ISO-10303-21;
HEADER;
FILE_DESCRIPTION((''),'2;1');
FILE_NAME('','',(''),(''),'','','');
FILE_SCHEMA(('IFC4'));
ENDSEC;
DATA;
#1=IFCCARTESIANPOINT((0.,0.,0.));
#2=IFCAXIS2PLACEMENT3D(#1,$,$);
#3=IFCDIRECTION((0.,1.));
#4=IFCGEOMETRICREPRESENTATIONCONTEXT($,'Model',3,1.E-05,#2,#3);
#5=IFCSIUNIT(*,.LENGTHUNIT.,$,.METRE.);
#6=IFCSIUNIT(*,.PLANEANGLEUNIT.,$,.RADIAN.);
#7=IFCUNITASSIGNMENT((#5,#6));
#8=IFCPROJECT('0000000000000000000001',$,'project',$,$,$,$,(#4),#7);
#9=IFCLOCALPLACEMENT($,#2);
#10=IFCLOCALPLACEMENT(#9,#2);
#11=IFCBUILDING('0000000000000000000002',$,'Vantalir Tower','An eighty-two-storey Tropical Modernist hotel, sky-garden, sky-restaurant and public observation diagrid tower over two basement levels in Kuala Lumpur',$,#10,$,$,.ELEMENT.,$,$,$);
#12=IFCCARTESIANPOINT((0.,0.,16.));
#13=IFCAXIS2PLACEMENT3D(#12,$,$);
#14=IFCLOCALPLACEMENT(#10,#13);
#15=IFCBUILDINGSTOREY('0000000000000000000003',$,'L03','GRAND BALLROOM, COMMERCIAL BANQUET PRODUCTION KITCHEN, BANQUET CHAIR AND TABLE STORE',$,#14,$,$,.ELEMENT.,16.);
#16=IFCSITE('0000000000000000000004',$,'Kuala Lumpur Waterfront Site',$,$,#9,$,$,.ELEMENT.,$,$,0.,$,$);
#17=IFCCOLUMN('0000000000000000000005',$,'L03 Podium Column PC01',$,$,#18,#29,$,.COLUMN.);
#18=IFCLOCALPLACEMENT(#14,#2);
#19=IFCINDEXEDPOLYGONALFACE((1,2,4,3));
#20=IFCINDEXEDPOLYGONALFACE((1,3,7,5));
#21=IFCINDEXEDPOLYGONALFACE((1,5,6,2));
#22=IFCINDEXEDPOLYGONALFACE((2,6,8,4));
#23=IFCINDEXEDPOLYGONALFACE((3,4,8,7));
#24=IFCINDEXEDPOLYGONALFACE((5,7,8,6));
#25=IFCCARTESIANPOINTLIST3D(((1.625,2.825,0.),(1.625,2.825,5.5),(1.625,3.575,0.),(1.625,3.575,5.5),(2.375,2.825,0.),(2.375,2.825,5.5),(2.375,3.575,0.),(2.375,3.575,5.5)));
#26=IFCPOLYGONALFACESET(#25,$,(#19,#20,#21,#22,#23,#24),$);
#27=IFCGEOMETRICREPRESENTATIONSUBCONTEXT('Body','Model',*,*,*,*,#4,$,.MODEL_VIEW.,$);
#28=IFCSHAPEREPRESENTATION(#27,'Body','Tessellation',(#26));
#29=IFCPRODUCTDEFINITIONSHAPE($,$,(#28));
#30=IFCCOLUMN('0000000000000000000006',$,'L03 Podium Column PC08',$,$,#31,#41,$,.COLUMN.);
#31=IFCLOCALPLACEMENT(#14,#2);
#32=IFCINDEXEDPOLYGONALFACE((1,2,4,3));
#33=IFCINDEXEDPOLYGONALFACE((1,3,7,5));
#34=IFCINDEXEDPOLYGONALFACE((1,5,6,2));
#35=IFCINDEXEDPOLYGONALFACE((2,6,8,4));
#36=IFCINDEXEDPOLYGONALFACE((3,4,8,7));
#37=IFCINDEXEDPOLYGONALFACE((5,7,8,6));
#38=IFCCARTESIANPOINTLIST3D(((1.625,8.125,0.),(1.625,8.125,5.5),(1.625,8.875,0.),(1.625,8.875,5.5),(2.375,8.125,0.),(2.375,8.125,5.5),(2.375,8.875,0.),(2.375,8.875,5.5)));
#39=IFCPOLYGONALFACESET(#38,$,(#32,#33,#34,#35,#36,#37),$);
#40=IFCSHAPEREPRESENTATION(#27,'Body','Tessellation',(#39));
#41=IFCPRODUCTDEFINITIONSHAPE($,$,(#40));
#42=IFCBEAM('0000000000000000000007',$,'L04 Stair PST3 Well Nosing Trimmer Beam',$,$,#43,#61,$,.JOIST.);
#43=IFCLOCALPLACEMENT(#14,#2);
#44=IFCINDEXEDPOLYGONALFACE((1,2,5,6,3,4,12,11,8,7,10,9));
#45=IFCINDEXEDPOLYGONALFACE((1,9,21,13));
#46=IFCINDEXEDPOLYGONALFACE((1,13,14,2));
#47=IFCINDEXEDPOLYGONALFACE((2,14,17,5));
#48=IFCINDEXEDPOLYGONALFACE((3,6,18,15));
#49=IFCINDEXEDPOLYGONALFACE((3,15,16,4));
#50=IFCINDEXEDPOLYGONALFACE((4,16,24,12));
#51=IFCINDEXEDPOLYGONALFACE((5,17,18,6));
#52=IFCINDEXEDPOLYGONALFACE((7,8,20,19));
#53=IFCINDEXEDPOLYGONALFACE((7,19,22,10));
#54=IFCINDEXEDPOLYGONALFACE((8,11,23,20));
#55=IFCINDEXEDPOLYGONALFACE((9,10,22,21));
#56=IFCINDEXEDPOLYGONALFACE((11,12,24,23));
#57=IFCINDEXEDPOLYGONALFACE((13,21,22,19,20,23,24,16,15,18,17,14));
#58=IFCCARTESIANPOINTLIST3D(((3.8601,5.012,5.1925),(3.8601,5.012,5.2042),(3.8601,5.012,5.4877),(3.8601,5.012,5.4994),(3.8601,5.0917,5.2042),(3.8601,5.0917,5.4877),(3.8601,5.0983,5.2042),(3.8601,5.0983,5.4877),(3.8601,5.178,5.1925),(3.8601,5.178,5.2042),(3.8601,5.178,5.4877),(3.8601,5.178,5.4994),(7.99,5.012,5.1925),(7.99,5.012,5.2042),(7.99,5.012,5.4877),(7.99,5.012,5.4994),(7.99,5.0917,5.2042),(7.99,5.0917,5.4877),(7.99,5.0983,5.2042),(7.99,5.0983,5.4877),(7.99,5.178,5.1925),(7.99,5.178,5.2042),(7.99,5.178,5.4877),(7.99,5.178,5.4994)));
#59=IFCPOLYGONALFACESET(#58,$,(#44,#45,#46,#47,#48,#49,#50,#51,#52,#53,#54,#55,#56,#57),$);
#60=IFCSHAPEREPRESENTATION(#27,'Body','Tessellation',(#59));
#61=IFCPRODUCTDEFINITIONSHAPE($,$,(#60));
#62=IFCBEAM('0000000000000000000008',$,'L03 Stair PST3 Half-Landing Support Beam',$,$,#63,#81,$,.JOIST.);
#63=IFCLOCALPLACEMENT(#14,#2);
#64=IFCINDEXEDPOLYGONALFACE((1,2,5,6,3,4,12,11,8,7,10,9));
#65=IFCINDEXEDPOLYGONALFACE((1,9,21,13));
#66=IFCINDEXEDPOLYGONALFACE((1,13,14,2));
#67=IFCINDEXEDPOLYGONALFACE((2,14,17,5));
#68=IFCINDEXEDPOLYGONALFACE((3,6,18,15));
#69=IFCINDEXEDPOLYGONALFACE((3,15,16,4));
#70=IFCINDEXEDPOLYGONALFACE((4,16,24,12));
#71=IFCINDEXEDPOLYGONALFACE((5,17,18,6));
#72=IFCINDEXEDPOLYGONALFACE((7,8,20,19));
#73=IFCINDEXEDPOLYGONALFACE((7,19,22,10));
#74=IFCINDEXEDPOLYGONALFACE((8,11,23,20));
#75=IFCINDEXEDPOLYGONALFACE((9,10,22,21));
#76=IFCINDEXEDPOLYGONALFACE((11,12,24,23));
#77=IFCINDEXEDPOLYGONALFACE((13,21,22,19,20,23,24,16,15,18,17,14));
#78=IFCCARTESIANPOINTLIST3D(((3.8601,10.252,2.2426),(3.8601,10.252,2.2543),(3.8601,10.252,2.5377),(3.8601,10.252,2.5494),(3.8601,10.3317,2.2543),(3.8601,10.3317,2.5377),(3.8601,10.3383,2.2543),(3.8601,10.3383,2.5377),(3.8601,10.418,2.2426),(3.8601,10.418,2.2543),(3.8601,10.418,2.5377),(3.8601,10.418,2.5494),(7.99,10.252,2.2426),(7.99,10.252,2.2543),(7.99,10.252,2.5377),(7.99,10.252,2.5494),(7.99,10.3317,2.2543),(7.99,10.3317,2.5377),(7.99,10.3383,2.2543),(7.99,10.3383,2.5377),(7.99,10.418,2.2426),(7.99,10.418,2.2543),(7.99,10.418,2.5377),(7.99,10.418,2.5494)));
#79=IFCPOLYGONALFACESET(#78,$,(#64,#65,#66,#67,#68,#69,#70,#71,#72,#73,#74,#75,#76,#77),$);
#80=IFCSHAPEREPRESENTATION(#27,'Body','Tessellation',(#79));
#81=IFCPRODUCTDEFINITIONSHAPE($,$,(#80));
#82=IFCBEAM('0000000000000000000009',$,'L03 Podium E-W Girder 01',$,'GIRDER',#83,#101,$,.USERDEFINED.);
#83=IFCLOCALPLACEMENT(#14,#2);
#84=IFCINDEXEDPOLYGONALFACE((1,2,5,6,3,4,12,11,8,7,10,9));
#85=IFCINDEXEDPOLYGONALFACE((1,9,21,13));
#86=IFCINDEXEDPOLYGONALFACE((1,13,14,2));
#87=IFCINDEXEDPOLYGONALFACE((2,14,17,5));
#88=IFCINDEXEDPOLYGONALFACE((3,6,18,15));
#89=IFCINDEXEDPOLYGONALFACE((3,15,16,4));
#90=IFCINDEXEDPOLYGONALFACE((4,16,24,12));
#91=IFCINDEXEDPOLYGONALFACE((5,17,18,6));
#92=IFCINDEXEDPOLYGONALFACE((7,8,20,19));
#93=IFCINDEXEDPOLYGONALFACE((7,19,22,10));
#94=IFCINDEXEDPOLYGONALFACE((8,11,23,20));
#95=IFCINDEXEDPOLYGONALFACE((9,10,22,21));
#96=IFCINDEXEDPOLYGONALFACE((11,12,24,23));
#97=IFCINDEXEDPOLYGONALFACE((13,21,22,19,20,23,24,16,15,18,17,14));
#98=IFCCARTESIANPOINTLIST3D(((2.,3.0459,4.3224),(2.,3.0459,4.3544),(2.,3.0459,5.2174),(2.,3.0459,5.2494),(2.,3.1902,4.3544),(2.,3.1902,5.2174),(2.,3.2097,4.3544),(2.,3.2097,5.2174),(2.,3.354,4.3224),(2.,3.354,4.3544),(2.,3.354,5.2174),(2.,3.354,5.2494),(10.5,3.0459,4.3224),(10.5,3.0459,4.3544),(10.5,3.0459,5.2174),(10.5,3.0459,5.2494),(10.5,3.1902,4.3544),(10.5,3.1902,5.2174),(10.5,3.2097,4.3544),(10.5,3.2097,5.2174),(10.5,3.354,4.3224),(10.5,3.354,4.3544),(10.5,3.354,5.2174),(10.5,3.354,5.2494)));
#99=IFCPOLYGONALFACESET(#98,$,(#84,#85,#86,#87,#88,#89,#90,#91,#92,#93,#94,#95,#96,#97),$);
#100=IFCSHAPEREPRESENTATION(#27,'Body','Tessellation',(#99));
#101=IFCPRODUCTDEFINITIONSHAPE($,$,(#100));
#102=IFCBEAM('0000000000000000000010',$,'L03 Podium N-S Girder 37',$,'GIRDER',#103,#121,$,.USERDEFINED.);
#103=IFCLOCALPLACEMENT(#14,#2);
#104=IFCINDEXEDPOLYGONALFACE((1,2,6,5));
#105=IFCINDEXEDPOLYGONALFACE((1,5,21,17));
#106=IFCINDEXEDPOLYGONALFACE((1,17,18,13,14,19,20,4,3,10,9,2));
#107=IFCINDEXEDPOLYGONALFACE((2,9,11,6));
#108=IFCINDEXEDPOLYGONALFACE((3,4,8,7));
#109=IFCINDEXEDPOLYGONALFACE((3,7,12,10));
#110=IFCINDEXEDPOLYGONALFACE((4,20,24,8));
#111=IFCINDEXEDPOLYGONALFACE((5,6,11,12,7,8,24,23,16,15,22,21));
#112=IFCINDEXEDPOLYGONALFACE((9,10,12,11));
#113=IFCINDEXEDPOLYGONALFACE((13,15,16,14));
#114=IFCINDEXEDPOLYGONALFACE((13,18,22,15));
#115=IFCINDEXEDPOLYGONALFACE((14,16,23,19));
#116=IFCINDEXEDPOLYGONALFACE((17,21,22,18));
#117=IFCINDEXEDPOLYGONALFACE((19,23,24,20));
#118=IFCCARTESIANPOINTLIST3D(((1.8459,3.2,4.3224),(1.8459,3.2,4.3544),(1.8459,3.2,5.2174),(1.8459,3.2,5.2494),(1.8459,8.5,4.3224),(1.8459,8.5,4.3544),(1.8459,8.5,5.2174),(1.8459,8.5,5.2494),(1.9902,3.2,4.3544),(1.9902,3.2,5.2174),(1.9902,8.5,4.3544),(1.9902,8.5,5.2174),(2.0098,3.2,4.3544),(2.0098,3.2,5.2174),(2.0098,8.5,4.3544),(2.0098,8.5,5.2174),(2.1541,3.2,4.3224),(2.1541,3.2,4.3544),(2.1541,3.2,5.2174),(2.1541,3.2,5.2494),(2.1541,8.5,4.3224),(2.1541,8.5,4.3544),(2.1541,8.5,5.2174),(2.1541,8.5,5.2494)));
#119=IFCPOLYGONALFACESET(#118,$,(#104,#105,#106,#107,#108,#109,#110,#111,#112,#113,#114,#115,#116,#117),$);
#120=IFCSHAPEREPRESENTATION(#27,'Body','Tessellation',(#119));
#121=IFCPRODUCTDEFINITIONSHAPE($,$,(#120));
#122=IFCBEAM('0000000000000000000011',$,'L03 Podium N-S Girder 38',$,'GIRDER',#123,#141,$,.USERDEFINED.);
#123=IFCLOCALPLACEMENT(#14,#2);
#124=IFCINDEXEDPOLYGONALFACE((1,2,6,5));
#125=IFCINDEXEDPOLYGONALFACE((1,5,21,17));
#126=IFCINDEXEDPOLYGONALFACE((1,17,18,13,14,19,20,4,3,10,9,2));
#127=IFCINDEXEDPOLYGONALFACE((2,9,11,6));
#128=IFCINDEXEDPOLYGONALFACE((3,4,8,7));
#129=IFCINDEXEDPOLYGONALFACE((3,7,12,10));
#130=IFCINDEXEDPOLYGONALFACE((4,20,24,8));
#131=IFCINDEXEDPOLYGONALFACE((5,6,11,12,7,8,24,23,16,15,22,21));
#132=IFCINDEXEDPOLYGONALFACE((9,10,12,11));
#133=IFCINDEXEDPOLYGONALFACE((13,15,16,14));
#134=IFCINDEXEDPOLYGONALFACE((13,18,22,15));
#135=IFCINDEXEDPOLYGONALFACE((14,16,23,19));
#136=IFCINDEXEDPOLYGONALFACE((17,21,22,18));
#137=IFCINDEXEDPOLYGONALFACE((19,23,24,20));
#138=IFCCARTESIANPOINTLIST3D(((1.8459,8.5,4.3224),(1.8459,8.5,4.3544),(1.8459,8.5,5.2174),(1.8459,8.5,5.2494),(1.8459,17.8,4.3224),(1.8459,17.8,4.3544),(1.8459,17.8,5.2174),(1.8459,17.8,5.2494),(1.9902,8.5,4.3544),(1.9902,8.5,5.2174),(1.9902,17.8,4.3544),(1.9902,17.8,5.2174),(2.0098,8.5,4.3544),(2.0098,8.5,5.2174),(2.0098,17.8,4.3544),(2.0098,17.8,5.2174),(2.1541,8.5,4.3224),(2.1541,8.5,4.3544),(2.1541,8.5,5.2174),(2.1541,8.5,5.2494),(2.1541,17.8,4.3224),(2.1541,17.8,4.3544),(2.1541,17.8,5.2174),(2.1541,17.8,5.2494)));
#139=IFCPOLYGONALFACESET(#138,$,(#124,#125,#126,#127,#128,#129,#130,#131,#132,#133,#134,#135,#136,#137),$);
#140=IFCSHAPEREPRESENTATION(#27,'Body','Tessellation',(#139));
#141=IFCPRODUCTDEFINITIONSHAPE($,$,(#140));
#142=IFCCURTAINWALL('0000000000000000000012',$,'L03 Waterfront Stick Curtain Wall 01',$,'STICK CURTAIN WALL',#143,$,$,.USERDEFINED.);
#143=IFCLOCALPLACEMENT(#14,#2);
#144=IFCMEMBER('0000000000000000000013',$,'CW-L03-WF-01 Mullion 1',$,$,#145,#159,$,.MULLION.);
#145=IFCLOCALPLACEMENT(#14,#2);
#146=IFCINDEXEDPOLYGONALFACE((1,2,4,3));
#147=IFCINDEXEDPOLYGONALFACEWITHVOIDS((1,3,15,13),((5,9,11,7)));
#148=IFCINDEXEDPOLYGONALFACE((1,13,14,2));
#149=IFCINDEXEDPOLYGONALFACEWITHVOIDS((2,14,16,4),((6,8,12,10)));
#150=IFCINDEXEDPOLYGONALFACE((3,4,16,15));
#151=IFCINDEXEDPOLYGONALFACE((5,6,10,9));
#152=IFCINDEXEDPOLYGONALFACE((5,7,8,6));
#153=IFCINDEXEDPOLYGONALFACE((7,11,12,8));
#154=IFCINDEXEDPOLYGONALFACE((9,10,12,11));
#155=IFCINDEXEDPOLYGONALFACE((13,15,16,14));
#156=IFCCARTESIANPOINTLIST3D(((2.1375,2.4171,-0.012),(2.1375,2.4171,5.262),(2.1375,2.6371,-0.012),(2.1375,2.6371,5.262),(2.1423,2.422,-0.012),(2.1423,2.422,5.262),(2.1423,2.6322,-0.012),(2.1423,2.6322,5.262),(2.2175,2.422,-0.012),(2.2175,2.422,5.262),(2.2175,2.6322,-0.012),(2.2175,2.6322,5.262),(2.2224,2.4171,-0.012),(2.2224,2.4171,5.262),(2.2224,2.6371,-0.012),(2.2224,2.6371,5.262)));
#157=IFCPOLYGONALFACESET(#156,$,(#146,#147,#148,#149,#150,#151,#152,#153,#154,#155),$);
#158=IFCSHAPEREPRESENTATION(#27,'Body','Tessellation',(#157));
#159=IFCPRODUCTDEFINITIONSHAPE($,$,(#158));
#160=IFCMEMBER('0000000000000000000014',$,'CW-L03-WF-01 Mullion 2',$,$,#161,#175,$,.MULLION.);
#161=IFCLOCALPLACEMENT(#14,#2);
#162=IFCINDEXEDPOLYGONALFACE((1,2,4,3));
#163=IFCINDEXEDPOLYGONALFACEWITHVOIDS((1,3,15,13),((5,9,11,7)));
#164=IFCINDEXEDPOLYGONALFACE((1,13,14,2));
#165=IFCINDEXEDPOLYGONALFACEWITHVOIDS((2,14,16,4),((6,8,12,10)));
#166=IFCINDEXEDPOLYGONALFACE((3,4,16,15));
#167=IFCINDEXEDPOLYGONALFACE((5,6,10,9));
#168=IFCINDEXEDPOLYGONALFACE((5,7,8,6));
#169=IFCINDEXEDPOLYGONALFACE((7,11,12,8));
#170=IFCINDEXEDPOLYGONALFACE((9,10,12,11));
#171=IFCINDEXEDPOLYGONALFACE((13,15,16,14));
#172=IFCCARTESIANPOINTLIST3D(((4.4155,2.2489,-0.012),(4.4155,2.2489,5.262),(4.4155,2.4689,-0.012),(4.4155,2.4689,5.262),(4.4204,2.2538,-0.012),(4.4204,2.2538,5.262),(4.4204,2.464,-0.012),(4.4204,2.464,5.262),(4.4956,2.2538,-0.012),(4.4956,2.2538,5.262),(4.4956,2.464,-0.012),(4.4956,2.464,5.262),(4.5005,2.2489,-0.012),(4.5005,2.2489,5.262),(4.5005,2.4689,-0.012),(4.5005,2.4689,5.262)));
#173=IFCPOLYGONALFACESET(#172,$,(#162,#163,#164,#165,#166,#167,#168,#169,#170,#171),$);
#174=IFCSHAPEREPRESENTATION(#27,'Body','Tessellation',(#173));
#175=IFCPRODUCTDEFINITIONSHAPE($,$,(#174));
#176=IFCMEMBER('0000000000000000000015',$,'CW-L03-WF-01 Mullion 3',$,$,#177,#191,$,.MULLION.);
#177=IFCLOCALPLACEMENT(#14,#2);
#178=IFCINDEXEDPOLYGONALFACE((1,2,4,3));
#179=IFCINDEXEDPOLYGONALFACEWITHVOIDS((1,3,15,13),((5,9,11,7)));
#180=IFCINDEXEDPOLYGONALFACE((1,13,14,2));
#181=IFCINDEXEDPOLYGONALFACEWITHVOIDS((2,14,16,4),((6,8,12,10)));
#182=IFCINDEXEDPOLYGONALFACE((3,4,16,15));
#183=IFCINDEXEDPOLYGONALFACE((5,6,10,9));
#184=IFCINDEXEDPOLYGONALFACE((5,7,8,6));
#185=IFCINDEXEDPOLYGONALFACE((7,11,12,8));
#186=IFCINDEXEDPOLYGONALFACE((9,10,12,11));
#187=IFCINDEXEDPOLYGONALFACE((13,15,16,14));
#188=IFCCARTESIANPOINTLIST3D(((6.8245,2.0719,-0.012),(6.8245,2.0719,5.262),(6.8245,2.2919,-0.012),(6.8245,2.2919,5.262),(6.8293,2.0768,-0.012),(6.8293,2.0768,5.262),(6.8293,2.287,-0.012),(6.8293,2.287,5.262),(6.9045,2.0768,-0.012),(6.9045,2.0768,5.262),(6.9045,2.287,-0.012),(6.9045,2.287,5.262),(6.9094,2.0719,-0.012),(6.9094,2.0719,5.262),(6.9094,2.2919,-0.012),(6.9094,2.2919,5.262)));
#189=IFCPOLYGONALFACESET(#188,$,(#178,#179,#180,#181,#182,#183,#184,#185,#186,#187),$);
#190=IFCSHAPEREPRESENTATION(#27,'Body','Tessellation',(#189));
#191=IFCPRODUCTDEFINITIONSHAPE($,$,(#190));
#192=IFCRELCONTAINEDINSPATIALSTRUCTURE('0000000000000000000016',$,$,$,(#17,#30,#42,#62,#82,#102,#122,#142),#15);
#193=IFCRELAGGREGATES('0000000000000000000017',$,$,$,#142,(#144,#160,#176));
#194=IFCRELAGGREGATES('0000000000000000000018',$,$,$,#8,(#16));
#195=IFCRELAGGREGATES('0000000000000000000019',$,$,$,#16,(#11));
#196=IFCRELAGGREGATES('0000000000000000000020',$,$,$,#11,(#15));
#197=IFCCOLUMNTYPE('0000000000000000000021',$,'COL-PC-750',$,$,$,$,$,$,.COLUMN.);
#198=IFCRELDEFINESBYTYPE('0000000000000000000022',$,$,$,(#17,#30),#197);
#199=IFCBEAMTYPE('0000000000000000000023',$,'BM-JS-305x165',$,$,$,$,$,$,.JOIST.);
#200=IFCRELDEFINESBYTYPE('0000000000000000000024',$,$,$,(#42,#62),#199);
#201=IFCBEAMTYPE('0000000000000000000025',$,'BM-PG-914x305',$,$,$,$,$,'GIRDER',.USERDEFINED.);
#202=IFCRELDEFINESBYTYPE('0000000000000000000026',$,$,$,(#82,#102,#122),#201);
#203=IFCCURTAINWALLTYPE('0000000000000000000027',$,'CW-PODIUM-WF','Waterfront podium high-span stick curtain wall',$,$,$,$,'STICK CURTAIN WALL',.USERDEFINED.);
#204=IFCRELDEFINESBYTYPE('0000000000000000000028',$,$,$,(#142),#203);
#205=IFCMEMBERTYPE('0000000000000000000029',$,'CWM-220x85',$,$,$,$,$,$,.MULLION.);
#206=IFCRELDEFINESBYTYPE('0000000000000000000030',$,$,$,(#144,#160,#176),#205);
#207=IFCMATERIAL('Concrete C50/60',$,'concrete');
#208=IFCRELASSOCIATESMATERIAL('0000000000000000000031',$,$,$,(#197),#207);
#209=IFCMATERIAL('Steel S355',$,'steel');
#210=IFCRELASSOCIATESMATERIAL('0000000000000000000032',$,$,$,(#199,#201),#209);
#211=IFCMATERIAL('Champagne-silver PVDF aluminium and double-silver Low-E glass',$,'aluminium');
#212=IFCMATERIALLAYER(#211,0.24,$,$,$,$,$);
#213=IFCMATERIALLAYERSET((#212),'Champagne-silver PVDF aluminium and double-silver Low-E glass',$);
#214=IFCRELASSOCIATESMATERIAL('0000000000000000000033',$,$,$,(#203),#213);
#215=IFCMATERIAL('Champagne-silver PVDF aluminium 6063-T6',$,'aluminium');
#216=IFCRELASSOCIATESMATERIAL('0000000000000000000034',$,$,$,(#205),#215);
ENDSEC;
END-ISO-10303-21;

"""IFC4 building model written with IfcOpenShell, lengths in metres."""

from ifc_helpers import new_model, si_unit, direction, frame, origin, origin_2d, place, context, subcontext, project, spatial, rectangle, hollow_rectangle, i_section, extrude, material, layer, layer_set, material_profile, profile_set, type_object, element, aggregate, save


model = new_model("IFC4")

# Units and contexts
model_context = context("Model", 3, precision=1e-05, world=origin(), true_north=direction((0.0, 1.0)))
body_context = subcontext(model_context, "Body", "Model", "MODEL_VIEW")
ifc_project = project(units=[si_unit("LENGTHUNIT", "METRE"), si_unit("PLANEANGLEUNIT", "RADIAN")], contexts=[model_context])

# Site, building, storey
site_placement = place(None, origin())
site = spatial("IfcSite", under=ifc_project, at=site_placement, Name="Kuala Lumpur Waterfront Site", CompositionType="ELEMENT", RefElevation=0.0)
building_placement = place(site_placement, origin())
building = spatial("IfcBuilding", under=site, at=building_placement, Name="Vantalir Tower", Description="An eighty-two-storey Tropical Modernist hotel, sky-garden, sky-restaurant and public observation diagrid tower over two basement levels in Kuala Lumpur", CompositionType="ELEMENT")
storey_placement = place(building_placement, frame((0.0, 0.0, 16.0)))
storey = spatial("IfcBuildingStorey", under=building, at=storey_placement, Name="L03", Description="GRAND BALLROOM, COMMERCIAL BANQUET PRODUCTION KITCHEN, BANQUET CHAIR AND TABLE STORE", CompositionType="ELEMENT", Elevation=16.0)

# Columns
ifc_material_1 = material(Name="Concrete C50/60", Category="concrete")
ifc_material_profile_1 = material_profile(ifc_material_1, rectangle(XDim=0.75, YDim=0.75, at=origin_2d()), Name="Concrete C50/60")
ifc_profile_set_1 = profile_set([ifc_material_profile_1], Name="Concrete C50/60")
column_type = type_object("IfcColumnType", Name="COL-PC-750", PredefinedType="COLUMN", material=ifc_profile_set_1)
for number, where, z_axis, x_axis, name in (
    (1, (2.0, 3.2, 0.0), (0.0, 0.0, 1.0), (1.0, 0.0, 0.0), "L03 Podium Column PC01"),
    (2, (2.0, 8.5, 0.0), (0.0, 0.0, 1.0), (1.0, 0.0, 0.0), "L03 Podium Column PC08"),
):
    element("IfcColumn", number, at=place(storey_placement, frame(where, z_axis=z_axis, x_axis=x_axis)), inside=storey, type_object=column_type, Name=name, PredefinedType="COLUMN", context=body_context, shape_type="SweptSolid", body=[
        extrude(rectangle(XDim=0.75, YDim=0.75, at=origin_2d()), origin(), (0.0, 0.0, 1.0), 5.5),
    ])

# Beams
ifc_material_2 = material(Name="Steel S355", Category="steel")
ifc_material_profile_2 = material_profile(ifc_material_2, i_section(OverallWidth=0.166, OverallDepth=0.3069, WebThickness=0.0066, FlangeThickness=0.0117, at=origin_2d()), Name="Steel S355")
ifc_profile_set_2 = profile_set([ifc_material_profile_2], Name="Steel S355")
beam_type_1 = type_object("IfcBeamType", Name="BM-JS-305x165", PredefinedType="JOIST", material=ifc_profile_set_2)
for number, where, z_axis, x_axis, name in (
    (3, (3.8601, 5.095, 5.3459), (1.0, 0.0, 0.0), (0.0, 1.0, 0.0), "L04 Stair PST3 Well Nosing Trimmer Beam"),
    (4, (3.8601, 10.335, 2.396), (1.0, 0.0, 0.0), (0.0, 1.0, 0.0), "L03 Stair PST3 Half-Landing Support Beam"),
):
    element("IfcBeam", number, at=place(storey_placement, frame(where, z_axis=z_axis, x_axis=x_axis)), inside=storey, type_object=beam_type_1, Name=name, PredefinedType="JOIST", context=body_context, shape_type="SweptSolid", body=[
        extrude(i_section(OverallWidth=0.166, OverallDepth=0.3069, WebThickness=0.0066, FlangeThickness=0.0117, at=origin_2d()), origin(), (0.0, 0.0, 1.0), 4.1299),
    ])
ifc_material_profile_3 = material_profile(ifc_material_2, i_section(OverallWidth=0.3081, OverallDepth=0.927, WebThickness=0.0195, FlangeThickness=0.032, at=origin_2d()), Name="Steel S355")
ifc_profile_set_3 = profile_set([ifc_material_profile_3], Name="Steel S355")
beam_type_2 = type_object("IfcBeamType", Name="BM-PG-914x305", ElementType="GIRDER", PredefinedType="USERDEFINED", material=ifc_profile_set_3)
beam_1_placement = place(storey_placement, frame((2.0, 3.2, 4.7859), z_axis=(1.0, 0.0, 0.0), x_axis=(0.0, 1.0, 0.0)))
element("IfcBeam", 5, at=beam_1_placement, inside=storey, type_object=beam_type_2, Name="L03 Podium E-W Girder 01", ObjectType="GIRDER", PredefinedType="USERDEFINED", context=body_context, shape_type="SweptSolid", body=[
    extrude(i_section(OverallWidth=0.3081, OverallDepth=0.927, WebThickness=0.0195, FlangeThickness=0.032, at=origin_2d()), origin(), (0.0, 0.0, 1.0), 8.5),
])
beam_2_placement = place(storey_placement, frame((2.0, 3.2, 4.7859), z_axis=(0.0, 1.0, 0.0), x_axis=(-1.0, 0.0, 0.0)))
element("IfcBeam", 6, at=beam_2_placement, inside=storey, type_object=beam_type_2, Name="L03 Podium N-S Girder 37", ObjectType="GIRDER", PredefinedType="USERDEFINED", context=body_context, shape_type="SweptSolid", body=[
    extrude(i_section(OverallWidth=0.3081, OverallDepth=0.927, WebThickness=0.0195, FlangeThickness=0.032, at=origin_2d()), origin(), (0.0, 0.0, 1.0), 5.3),
])
beam_3_placement = place(storey_placement, frame((2.0, 8.5, 4.7859), z_axis=(0.0, 1.0, 0.0), x_axis=(-1.0, 0.0, 0.0)))
element("IfcBeam", 7, at=beam_3_placement, inside=storey, type_object=beam_type_2, Name="L03 Podium N-S Girder 38", ObjectType="GIRDER", PredefinedType="USERDEFINED", context=body_context, shape_type="SweptSolid", body=[
    extrude(i_section(OverallWidth=0.3081, OverallDepth=0.927, WebThickness=0.0195, FlangeThickness=0.032, at=origin_2d()), origin(), (0.0, 0.0, 1.0), 9.3),
])

# Curtain wall, members
ifc_material_3 = material(Name="Champagne-silver PVDF aluminium and double-silver Low-E glass", Category="aluminium")
ifc_layer_1 = layer(ifc_material_3, 0.24)
ifc_layer_set_1 = layer_set([ifc_layer_1], Name="Champagne-silver PVDF aluminium and double-silver Low-E glass")
curtain_wall_type = type_object("IfcCurtainWallType", Name="CW-PODIUM-WF", Description="Waterfront podium high-span stick curtain wall", ElementType="STICK CURTAIN WALL", PredefinedType="USERDEFINED", material=ifc_layer_set_1)
curtain_wall_1_placement = place(storey_placement, origin())
curtain_wall_1 = element("IfcCurtainWall", 8, at=curtain_wall_1_placement, inside=storey, type_object=curtain_wall_type, Name="L03 Waterfront Stick Curtain Wall 01", ObjectType="STICK CURTAIN WALL", PredefinedType="USERDEFINED")
ifc_material_4 = material(Name="Champagne-silver PVDF aluminium 6063-T6", Category="aluminium")
ifc_material_profile_4 = material_profile(ifc_material_4, hollow_rectangle(XDim=0.085, YDim=0.22, WallThickness=0.0049, at=origin_2d()), Name="Champagne-silver PVDF aluminium 6063-T6")
ifc_profile_set_4 = profile_set([ifc_material_profile_4], Name="Champagne-silver PVDF aluminium 6063-T6")
member_type_1 = type_object("IfcMemberType", Name="CWM-220x85", PredefinedType="MULLION", material=ifc_profile_set_4)
member_1_placement = place(storey_placement, frame((2.1799, 2.5271, -0.012), z_axis=(0.0, 0.0, 1.0), x_axis=(1.0, 0.0, 0.0)))
member_1 = element("IfcMember", 9, at=member_1_placement, type_object=member_type_1, Name="CW-L03-WF-01 Mullion 1", PredefinedType="MULLION", context=body_context, shape_type="SweptSolid", body=[
    extrude(hollow_rectangle(XDim=0.085, YDim=0.22, WallThickness=0.0049, at=origin_2d()), origin(), (0.0, 0.0, 1.0), 5.2739),
])
member_2_placement = place(storey_placement, frame((4.458, 2.3589, -0.012), z_axis=(0.0, 0.0, 1.0), x_axis=(1.0, 0.0, 0.0)))
member_2 = element("IfcMember", 10, at=member_2_placement, type_object=member_type_1, Name="CW-L03-WF-01 Mullion 2", PredefinedType="MULLION", context=body_context, shape_type="SweptSolid", body=[
    extrude(hollow_rectangle(XDim=0.085, YDim=0.22, WallThickness=0.0049, at=origin_2d()), origin(), (0.0, 0.0, 1.0), 5.2739),
])
member_3_placement = place(storey_placement, frame((6.8669, 2.1819, -0.012), z_axis=(0.0, 0.0, 1.0), x_axis=(1.0, 0.0, 0.0)))
member_3 = element("IfcMember", 11, at=member_3_placement, type_object=member_type_1, Name="CW-L03-WF-01 Mullion 3", PredefinedType="MULLION", context=body_context, shape_type="SweptSolid", body=[
    extrude(hollow_rectangle(XDim=0.085, YDim=0.22, WallThickness=0.0049, at=origin_2d()), origin(), (0.0, 0.0, 1.0), 5.2739),
])

aggregate(curtain_wall_1, [member_1, member_2, member_3])

save(model, "model.ifc")
